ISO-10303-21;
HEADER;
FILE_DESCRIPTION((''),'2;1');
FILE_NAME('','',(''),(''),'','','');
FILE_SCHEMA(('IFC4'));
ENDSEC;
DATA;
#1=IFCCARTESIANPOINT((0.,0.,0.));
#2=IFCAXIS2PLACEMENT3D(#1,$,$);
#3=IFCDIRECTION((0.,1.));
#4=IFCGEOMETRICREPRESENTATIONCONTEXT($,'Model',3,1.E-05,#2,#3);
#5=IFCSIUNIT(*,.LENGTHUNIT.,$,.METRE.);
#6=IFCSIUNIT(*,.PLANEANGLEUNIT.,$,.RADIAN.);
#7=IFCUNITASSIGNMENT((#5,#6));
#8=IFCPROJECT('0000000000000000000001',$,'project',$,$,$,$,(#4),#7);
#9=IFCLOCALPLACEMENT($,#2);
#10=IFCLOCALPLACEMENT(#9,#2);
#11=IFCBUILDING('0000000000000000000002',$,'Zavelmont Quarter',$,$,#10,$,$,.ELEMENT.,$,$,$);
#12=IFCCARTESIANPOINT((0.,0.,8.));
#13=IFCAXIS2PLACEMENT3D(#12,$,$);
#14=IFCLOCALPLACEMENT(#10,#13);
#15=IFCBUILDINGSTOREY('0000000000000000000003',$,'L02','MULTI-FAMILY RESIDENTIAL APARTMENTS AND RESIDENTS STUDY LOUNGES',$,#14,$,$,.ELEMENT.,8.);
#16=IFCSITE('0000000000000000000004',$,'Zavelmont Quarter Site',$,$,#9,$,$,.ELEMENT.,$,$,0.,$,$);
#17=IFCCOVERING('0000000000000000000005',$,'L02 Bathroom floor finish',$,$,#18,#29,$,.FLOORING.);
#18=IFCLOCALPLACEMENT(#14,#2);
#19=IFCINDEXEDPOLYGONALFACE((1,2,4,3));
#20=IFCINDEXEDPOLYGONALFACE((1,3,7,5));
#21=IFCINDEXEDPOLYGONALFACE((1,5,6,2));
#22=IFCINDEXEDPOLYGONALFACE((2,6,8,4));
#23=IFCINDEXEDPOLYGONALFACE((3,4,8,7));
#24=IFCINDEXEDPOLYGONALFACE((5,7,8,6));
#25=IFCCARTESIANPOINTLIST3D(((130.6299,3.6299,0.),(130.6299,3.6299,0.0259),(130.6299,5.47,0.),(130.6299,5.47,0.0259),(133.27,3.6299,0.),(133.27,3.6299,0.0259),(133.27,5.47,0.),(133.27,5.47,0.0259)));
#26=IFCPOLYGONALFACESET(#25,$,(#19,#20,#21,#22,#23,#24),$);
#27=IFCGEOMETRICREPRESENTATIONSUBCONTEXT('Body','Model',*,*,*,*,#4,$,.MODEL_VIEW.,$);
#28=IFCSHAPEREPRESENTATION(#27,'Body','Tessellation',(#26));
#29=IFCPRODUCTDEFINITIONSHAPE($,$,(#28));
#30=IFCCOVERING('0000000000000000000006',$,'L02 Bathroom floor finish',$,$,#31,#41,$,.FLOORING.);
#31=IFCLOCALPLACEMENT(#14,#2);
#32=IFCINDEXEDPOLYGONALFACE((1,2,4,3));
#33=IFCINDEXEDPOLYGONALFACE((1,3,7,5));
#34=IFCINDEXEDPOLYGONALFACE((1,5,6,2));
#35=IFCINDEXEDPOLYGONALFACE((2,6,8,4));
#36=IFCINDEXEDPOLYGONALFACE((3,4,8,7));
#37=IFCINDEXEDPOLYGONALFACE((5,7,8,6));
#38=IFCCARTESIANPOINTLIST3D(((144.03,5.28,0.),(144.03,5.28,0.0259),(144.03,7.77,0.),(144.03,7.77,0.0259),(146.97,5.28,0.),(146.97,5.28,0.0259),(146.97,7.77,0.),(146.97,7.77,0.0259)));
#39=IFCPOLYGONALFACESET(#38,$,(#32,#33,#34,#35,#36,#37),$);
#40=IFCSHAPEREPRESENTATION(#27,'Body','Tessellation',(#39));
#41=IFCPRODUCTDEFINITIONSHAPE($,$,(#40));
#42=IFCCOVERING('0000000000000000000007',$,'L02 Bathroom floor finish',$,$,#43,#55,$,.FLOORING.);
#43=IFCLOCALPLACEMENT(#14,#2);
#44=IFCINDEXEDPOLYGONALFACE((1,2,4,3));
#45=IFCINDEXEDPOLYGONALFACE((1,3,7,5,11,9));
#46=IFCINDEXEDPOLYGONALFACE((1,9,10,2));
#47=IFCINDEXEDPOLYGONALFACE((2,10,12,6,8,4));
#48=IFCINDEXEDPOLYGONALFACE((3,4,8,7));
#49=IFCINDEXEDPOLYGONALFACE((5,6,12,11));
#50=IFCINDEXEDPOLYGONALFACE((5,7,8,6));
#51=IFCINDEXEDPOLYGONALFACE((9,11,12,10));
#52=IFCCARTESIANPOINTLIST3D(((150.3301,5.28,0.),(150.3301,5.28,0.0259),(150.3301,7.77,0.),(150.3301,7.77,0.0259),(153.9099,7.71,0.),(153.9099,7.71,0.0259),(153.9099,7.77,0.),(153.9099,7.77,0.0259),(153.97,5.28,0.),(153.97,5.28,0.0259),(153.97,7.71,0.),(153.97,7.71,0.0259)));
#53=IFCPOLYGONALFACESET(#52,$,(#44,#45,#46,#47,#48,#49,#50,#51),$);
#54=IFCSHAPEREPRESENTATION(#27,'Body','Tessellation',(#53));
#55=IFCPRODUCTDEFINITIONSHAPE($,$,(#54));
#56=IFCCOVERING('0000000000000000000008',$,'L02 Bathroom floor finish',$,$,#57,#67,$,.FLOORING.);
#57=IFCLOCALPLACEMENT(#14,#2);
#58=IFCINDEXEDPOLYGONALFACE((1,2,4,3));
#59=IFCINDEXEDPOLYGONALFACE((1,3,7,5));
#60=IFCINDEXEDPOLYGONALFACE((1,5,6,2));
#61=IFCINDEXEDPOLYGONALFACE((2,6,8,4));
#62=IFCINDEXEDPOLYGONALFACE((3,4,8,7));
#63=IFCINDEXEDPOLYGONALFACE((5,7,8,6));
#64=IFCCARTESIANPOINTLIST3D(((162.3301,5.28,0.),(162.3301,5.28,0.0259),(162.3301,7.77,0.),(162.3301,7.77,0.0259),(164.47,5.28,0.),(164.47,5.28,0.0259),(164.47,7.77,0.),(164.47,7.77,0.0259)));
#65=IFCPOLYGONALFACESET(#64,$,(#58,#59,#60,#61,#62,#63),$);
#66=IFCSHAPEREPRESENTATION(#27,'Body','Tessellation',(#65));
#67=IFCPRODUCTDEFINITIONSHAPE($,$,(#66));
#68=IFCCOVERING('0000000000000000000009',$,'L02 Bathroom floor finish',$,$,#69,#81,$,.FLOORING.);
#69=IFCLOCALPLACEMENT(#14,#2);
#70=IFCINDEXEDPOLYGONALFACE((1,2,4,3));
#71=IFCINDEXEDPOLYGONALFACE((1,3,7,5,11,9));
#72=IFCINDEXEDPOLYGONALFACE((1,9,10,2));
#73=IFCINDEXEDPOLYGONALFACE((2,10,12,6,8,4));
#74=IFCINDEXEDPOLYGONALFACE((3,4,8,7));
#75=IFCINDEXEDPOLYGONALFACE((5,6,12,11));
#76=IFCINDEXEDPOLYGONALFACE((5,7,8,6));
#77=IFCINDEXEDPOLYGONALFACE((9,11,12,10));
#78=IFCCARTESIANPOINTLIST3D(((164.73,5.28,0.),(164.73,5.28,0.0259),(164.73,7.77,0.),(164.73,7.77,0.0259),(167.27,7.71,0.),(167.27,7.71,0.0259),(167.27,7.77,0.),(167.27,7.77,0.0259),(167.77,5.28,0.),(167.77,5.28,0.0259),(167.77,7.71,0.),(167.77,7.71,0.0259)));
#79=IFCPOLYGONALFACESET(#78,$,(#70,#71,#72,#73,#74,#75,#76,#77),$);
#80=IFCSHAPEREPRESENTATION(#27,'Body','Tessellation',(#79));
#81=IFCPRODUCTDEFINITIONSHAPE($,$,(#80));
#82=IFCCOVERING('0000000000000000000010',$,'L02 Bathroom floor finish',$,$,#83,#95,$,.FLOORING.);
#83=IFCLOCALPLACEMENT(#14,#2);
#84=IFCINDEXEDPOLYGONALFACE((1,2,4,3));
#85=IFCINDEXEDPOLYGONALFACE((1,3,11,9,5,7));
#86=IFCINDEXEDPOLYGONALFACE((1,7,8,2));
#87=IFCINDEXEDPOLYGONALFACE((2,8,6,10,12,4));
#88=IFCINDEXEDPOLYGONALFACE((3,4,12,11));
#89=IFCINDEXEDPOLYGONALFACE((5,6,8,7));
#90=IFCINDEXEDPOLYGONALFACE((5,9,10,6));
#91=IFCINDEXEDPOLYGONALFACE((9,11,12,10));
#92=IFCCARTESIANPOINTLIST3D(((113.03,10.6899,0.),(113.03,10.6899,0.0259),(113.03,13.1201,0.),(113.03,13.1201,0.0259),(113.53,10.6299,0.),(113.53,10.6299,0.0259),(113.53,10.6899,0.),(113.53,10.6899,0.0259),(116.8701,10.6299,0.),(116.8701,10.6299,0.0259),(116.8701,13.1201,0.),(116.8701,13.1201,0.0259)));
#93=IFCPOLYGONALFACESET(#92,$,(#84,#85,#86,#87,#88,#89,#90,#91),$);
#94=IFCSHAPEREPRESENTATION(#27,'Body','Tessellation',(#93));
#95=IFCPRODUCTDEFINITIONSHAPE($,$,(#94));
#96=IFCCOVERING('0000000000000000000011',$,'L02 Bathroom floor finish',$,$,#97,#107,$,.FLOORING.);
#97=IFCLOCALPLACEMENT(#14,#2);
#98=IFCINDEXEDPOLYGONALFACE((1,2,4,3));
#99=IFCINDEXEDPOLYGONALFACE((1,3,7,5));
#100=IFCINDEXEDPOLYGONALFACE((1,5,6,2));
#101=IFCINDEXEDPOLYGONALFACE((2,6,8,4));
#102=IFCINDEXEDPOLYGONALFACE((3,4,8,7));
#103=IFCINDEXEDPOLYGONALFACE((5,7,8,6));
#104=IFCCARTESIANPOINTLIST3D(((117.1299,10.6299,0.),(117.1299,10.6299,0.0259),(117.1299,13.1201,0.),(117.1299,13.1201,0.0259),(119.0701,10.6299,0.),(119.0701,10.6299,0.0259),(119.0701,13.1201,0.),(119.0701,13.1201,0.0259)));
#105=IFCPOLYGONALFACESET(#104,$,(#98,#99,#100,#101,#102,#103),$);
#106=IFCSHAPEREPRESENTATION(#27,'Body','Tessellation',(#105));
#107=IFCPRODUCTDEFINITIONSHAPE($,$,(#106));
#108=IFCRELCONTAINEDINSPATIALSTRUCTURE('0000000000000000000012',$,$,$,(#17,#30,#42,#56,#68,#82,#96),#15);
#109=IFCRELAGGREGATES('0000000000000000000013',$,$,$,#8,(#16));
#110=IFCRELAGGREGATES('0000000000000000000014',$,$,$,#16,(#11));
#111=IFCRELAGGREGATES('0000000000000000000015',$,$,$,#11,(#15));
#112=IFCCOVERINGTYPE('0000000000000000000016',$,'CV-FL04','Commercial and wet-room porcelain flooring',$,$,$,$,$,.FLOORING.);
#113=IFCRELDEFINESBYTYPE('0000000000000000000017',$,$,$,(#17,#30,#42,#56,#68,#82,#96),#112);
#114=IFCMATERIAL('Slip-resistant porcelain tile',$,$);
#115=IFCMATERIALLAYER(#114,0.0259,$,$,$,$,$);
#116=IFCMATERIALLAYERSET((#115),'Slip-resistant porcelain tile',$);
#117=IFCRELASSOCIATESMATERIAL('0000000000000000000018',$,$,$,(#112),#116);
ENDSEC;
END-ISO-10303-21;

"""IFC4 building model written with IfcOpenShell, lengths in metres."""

from ifc_helpers import new_model, si_unit, direction, frame, origin, place, context, subcontext, project, spatial, polyline, outline, extrude, material, layer, layer_set, type_object, element, save


model = new_model("IFC4")

# Units and contexts
model_context = context("Model", 3, precision=1e-05, world=origin(), true_north=direction((0.0, 1.0)))
body_context = subcontext(model_context, "Body", "Model", "MODEL_VIEW")
ifc_project = project(units=[si_unit("LENGTHUNIT", "METRE"), si_unit("PLANEANGLEUNIT", "RADIAN")], contexts=[model_context])

# Site, building, storey
site_placement = place(None, origin())
site = spatial("IfcSite", under=ifc_project, at=site_placement, Name="Zavelmont Quarter Site", CompositionType="ELEMENT", RefElevation=0.0)
building_placement = place(site_placement, origin())
building = spatial("IfcBuilding", under=site, at=building_placement, Name="Zavelmont Quarter", CompositionType="ELEMENT")
storey_placement = place(building_placement, frame((0.0, 0.0, 8.0)))
storey = spatial("IfcBuildingStorey", under=building, at=storey_placement, Name="L02", Description="MULTI-FAMILY RESIDENTIAL APARTMENTS AND RESIDENTS STUDY LOUNGES", CompositionType="ELEMENT", Elevation=8.0)

# Coverings
ifc_material_1 = material(Name="Slip-resistant porcelain tile")
ifc_layer_1 = layer(ifc_material_1, 0.0259)
ifc_layer_set_1 = layer_set([ifc_layer_1], Name="Slip-resistant porcelain tile")
covering_type_1 = type_object("IfcCoveringType", Name="CV-FL04", Description="Commercial and wet-room porcelain flooring", PredefinedType="FLOORING", material=ifc_layer_set_1)
covering_1_placement = place(storey_placement, origin())
element("IfcCovering", 1, at=covering_1_placement, inside=storey, type_object=covering_type_1, Name="L02 Bathroom floor finish", PredefinedType="FLOORING", context=body_context, shape_type="SweptSolid", body=[
    extrude(outline(polyline([(130.6299, 5.47), (133.27, 5.47), (133.27, 3.6299), (130.6299, 3.6299), (130.6299, 5.47)])), origin(), (0.0, 0.0, 1.0), 0.0259),
])
covering_2_placement = place(storey_placement, origin())
element("IfcCovering", 2, at=covering_2_placement, inside=storey, type_object=covering_type_1, Name="L02 Bathroom floor finish", PredefinedType="FLOORING", context=body_context, shape_type="SweptSolid", body=[
    extrude(outline(polyline([(144.03, 7.77), (146.97, 7.77), (146.97, 5.28), (144.03, 5.28), (144.03, 7.77)])), origin(), (0.0, 0.0, 1.0), 0.0259),
])
covering_3_placement = place(storey_placement, origin())
element("IfcCovering", 3, at=covering_3_placement, inside=storey, type_object=covering_type_1, Name="L02 Bathroom floor finish", PredefinedType="FLOORING", context=body_context, shape_type="SweptSolid", body=[
    extrude(outline(polyline([(150.3301, 7.77), (153.9099, 7.77), (153.9099, 7.71), (153.97, 7.71), (153.97, 5.28), (150.3301, 5.28), (150.3301, 7.77)])), origin(), (0.0, 0.0, 1.0), 0.0259),
])
covering_4_placement = place(storey_placement, origin())
element("IfcCovering", 4, at=covering_4_placement, inside=storey, type_object=covering_type_1, Name="L02 Bathroom floor finish", PredefinedType="FLOORING", context=body_context, shape_type="SweptSolid", body=[
    extrude(outline(polyline([(162.3301, 7.77), (164.47, 7.77), (164.47, 5.28), (162.3301, 5.28), (162.3301, 7.77)])), origin(), (0.0, 0.0, 1.0), 0.0259),
])
covering_5_placement = place(storey_placement, origin())
element("IfcCovering", 5, at=covering_5_placement, inside=storey, type_object=covering_type_1, Name="L02 Bathroom floor finish", PredefinedType="FLOORING", context=body_context, shape_type="SweptSolid", body=[
    extrude(outline(polyline([(164.73, 7.77), (167.27, 7.77), (167.27, 7.71), (167.77, 7.71), (167.77, 5.28), (164.73, 5.28), (164.73, 7.77)])), origin(), (0.0, 0.0, 1.0), 0.0259),
])
covering_6_placement = place(storey_placement, origin())
element("IfcCovering", 6, at=covering_6_placement, inside=storey, type_object=covering_type_1, Name="L02 Bathroom floor finish", PredefinedType="FLOORING", context=body_context, shape_type="SweptSolid", body=[
    extrude(outline(polyline([(113.03, 13.1201), (116.8701, 13.1201), (116.8701, 10.6299), (113.53, 10.6299), (113.53, 10.6899), (113.03, 10.6899), (113.03, 13.1201)])), origin(), (0.0, 0.0, 1.0), 0.0259),
])
covering_7_placement = place(storey_placement, origin())
element("IfcCovering", 7, at=covering_7_placement, inside=storey, type_object=covering_type_1, Name="L02 Bathroom floor finish", PredefinedType="FLOORING", context=body_context, shape_type="SweptSolid", body=[
    extrude(outline(polyline([(117.1299, 13.1201), (119.0701, 13.1201), (119.0701, 10.6299), (117.1299, 10.6299), (117.1299, 13.1201)])), origin(), (0.0, 0.0, 1.0), 0.0259),
])

save(model, "model.ifc")
